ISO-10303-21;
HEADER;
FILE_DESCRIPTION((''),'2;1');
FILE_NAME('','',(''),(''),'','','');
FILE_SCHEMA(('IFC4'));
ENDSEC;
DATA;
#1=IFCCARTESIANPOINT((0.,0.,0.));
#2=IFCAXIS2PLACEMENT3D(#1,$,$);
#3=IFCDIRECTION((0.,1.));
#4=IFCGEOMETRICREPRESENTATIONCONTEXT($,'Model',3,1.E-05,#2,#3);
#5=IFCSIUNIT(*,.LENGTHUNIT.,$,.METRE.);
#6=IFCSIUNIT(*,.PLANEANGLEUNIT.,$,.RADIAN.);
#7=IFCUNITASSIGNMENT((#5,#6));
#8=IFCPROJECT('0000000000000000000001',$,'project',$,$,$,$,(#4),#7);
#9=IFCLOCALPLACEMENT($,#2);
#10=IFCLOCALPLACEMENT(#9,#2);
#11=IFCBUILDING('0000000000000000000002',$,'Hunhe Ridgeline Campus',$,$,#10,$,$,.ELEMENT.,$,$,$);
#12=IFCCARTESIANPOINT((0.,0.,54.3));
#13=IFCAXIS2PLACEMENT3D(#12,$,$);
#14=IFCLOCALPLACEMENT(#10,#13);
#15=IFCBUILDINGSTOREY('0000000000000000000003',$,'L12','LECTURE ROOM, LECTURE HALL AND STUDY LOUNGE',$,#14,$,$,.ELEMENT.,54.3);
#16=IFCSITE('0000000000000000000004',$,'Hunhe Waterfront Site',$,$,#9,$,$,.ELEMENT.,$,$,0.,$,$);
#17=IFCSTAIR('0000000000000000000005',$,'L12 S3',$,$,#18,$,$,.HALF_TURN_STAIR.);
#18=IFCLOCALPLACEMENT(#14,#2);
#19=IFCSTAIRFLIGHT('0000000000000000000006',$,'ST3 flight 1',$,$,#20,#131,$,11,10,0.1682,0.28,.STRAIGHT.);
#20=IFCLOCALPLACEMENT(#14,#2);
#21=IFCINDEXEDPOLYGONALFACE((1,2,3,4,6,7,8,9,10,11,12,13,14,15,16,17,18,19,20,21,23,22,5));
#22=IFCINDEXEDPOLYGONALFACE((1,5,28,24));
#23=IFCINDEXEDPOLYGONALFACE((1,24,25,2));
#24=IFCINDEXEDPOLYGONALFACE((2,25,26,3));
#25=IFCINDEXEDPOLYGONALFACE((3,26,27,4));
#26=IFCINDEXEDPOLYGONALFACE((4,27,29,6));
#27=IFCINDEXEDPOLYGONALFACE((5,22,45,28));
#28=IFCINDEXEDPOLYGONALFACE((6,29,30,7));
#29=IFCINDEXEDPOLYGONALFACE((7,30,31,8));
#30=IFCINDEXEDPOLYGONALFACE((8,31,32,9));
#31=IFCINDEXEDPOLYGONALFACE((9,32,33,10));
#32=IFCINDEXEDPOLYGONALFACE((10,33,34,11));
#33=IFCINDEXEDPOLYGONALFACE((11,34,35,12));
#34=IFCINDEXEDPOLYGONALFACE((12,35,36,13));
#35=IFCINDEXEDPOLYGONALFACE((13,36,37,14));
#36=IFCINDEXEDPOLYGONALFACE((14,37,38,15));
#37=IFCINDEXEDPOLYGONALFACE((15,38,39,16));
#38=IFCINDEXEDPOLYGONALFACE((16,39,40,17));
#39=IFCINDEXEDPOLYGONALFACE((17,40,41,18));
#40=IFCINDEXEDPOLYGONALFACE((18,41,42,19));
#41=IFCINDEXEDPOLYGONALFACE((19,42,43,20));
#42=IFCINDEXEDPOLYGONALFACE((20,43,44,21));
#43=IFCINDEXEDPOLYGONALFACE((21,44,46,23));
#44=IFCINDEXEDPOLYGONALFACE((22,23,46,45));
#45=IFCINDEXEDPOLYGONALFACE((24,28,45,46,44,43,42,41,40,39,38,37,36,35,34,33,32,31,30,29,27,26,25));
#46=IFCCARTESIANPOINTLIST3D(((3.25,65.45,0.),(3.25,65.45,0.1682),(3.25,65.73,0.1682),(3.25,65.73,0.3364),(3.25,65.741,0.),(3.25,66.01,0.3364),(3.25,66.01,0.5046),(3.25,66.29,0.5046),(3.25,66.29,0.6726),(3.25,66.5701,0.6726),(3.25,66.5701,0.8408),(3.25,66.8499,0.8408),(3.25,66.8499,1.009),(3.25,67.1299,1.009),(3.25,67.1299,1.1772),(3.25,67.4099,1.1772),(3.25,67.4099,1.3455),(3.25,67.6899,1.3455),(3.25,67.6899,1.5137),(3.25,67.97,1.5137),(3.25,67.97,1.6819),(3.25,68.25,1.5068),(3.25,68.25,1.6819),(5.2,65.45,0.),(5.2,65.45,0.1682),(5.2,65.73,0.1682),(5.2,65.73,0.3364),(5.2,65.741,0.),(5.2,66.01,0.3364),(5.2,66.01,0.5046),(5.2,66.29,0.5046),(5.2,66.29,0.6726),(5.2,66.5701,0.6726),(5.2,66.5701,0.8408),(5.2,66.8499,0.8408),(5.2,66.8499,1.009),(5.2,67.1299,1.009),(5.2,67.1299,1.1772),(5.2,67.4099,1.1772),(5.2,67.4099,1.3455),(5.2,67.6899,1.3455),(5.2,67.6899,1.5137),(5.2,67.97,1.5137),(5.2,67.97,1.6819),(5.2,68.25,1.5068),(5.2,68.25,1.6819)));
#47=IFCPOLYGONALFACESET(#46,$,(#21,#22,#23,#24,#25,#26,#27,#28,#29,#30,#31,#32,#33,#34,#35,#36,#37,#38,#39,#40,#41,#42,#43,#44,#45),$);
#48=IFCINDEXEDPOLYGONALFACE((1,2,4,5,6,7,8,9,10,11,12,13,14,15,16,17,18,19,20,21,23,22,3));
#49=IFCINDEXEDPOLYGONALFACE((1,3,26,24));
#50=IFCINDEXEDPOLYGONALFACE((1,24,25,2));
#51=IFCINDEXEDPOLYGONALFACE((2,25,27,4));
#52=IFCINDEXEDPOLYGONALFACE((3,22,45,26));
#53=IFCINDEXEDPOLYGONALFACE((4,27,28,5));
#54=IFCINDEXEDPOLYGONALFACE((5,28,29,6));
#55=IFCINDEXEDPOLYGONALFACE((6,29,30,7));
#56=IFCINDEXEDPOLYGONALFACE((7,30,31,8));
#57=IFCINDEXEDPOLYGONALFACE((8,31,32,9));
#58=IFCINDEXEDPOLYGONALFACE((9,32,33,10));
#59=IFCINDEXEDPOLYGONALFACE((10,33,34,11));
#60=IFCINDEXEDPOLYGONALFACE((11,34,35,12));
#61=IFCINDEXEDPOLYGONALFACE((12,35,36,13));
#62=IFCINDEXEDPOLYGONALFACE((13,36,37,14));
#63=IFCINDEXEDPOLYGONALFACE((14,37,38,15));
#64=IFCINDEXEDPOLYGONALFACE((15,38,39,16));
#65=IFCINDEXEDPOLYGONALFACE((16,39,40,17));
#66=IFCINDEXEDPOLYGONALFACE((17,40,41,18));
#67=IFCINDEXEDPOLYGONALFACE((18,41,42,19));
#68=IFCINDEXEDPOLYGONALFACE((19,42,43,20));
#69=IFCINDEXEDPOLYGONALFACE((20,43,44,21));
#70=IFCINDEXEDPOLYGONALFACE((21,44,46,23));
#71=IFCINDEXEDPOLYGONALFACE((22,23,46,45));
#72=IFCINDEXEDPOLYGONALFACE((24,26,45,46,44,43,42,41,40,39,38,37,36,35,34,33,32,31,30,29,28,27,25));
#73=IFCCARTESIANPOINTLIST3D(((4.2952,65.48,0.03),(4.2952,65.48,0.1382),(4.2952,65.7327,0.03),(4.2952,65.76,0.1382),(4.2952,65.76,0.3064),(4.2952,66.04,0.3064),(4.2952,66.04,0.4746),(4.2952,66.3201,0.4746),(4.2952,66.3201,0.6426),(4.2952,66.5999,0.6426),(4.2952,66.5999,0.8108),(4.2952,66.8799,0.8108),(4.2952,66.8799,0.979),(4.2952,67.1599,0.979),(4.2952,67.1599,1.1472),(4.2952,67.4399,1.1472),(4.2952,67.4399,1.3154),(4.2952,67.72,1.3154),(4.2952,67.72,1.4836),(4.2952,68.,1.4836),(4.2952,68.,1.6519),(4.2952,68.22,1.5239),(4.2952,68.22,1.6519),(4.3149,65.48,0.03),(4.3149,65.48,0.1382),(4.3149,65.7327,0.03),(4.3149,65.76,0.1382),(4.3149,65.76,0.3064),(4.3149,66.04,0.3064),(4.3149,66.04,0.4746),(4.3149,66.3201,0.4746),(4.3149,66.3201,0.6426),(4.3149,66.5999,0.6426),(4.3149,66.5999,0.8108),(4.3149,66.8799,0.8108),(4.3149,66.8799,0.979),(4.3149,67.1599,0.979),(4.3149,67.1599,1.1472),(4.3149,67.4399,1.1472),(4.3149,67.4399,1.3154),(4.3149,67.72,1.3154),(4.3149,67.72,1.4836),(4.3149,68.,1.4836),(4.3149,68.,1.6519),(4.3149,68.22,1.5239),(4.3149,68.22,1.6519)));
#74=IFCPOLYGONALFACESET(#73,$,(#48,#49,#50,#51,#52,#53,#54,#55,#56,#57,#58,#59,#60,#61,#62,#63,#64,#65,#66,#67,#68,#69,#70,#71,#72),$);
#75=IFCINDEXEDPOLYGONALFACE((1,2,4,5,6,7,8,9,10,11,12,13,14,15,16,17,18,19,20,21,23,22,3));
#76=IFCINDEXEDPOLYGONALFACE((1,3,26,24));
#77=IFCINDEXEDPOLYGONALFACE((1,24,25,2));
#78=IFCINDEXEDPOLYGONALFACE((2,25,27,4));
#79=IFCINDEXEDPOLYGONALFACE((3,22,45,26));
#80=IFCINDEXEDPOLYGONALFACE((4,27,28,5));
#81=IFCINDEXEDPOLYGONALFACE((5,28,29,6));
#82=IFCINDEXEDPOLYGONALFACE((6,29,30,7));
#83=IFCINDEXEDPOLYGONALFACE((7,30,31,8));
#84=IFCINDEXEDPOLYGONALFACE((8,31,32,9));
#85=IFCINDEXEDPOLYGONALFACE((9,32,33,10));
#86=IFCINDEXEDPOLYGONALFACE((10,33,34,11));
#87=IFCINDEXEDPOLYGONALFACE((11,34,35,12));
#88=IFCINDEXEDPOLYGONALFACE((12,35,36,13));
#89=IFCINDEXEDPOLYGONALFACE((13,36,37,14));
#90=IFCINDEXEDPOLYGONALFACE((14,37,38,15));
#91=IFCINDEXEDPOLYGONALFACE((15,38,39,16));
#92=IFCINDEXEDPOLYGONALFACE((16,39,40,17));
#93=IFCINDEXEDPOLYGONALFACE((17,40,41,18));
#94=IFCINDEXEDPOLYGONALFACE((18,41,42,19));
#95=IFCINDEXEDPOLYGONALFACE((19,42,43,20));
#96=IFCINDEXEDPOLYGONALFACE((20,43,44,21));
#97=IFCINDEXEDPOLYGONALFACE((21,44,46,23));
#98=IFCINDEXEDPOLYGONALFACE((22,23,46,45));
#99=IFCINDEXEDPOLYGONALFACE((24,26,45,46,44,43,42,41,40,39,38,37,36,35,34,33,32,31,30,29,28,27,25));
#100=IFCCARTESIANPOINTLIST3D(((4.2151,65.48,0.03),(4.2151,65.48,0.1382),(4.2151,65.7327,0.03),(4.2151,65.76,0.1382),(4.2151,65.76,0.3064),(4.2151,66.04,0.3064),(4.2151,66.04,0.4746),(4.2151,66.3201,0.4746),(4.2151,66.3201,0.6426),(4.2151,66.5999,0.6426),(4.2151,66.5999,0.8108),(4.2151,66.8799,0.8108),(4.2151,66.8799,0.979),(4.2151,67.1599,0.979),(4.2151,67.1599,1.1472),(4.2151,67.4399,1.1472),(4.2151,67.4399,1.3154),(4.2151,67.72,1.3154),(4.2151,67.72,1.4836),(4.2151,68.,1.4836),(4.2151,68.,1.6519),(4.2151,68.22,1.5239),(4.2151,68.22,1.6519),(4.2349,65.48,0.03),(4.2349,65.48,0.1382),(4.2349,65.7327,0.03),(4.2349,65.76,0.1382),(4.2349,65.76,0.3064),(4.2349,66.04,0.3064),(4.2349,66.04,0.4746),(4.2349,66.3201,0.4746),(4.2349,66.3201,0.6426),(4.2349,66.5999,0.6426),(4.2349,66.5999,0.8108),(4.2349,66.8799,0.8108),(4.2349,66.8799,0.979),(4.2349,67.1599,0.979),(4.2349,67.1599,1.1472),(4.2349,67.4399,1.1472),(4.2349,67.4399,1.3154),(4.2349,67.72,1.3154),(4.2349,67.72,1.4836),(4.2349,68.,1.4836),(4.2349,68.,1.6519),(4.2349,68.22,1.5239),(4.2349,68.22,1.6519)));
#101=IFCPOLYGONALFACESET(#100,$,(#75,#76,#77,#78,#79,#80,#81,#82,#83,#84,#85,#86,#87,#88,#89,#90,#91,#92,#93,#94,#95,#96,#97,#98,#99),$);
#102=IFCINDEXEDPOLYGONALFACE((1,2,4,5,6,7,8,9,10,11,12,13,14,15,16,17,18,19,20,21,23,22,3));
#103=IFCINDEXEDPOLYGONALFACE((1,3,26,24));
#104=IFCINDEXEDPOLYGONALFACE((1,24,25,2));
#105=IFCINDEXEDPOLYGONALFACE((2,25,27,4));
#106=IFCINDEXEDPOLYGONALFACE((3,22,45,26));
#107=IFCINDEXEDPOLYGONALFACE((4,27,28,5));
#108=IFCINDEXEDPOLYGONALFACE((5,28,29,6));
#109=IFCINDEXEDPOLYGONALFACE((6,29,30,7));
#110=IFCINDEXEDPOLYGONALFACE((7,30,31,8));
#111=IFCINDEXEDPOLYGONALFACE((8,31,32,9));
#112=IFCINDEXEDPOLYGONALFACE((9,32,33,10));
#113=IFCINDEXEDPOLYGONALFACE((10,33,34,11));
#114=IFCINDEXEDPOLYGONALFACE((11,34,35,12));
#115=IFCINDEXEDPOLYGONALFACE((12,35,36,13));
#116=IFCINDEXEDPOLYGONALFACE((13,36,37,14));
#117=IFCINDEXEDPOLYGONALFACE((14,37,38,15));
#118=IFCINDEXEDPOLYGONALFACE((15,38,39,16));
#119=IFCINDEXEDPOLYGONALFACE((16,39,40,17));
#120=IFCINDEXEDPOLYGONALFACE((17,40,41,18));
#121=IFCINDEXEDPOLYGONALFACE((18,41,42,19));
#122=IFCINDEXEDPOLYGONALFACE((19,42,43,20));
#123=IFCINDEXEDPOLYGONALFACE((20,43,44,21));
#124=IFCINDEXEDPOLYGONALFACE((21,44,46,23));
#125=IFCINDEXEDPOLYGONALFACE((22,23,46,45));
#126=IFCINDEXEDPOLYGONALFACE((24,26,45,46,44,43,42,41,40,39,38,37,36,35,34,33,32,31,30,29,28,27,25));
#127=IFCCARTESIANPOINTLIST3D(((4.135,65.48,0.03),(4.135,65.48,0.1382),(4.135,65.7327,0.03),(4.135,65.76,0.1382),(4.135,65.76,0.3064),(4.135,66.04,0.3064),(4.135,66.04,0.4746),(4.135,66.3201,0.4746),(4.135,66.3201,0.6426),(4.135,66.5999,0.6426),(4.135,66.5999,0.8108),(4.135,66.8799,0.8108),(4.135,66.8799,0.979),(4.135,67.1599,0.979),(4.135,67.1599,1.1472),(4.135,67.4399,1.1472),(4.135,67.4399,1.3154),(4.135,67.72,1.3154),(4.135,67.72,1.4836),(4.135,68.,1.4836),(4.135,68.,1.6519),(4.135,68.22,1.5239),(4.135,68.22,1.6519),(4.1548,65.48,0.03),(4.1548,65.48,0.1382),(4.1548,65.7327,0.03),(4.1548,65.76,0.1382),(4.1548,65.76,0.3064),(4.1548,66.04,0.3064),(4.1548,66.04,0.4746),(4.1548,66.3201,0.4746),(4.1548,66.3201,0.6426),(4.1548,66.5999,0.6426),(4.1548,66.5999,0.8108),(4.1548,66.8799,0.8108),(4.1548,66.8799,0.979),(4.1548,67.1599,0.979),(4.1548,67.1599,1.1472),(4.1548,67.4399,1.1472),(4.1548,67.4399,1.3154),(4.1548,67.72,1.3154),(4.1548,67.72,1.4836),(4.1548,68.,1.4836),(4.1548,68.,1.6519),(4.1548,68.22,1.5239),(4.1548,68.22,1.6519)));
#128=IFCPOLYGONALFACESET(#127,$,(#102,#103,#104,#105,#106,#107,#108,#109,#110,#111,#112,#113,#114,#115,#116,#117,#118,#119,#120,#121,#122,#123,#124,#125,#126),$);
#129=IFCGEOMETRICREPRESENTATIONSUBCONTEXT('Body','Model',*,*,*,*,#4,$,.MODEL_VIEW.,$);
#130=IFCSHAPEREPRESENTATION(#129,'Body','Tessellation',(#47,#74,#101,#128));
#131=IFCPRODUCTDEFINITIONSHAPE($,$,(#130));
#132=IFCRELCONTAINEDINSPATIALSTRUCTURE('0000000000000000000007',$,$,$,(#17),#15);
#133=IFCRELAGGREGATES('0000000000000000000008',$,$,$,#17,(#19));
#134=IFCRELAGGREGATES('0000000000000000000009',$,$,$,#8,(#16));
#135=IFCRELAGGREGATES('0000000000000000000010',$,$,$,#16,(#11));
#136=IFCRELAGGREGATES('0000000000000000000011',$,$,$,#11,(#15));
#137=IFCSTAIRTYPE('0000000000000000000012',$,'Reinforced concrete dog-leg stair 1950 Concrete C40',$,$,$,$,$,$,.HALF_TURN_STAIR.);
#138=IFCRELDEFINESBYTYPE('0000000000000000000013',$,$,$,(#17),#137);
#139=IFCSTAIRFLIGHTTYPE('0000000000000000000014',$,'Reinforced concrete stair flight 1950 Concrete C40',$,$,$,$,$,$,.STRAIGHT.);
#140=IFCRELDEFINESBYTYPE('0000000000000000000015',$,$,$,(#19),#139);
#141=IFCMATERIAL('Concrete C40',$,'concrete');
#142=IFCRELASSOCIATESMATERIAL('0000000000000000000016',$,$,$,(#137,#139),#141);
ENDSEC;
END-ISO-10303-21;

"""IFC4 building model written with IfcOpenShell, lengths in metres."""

from ifc_helpers import new_model, si_unit, direction, frame, origin, place, context, subcontext, project, spatial, polyline, outline, extrude, material, type_object, element, aggregate, save


model = new_model("IFC4")

# Units and contexts
model_context = context("Model", 3, precision=1e-05, world=origin(), true_north=direction((0.0, 1.0)))
body_context = subcontext(model_context, "Body", "Model", "MODEL_VIEW")
ifc_project = project(units=[si_unit("LENGTHUNIT", "METRE"), si_unit("PLANEANGLEUNIT", "RADIAN")], contexts=[model_context])

# Site, building, storey
site_placement = place(None, origin())
site = spatial("IfcSite", under=ifc_project, at=site_placement, Name="Hunhe Waterfront Site", CompositionType="ELEMENT", RefElevation=0.0)
building_placement = place(site_placement, origin())
building = spatial("IfcBuilding", under=site, at=building_placement, Name="Hunhe Ridgeline Campus", CompositionType="ELEMENT")
storey_placement = place(building_placement, frame((0.0, 0.0, 54.3)))
storey = spatial("IfcBuildingStorey", under=building, at=storey_placement, Name="L12", Description="LECTURE ROOM, LECTURE HALL AND STUDY LOUNGE", CompositionType="ELEMENT", Elevation=54.3)

# Stair, stair flight
ifc_material_1 = material(Name="Concrete C40", Category="concrete")
stair_type = type_object("IfcStairType", Name="Reinforced concrete dog-leg stair 1950 Concrete C40", PredefinedType="HALF_TURN_STAIR", material=ifc_material_1)
stair_1_placement = place(storey_placement, origin())
stair_1 = element("IfcStair", 1, at=stair_1_placement, inside=storey, type_object=stair_type, Name="L12 S3", PredefinedType="HALF_TURN_STAIR")
stair_flight_type = type_object("IfcStairFlightType", Name="Reinforced concrete stair flight 1950 Concrete C40", PredefinedType="STRAIGHT", material=ifc_material_1)
stair_flight_1_placement = place(storey_placement, frame((4.2251, 65.45, 0.0), z_axis=(0.0, 0.0, 1.0), x_axis=(0.0, 1.0, 0.0)))
stair_flight_1 = element("IfcStairFlight", 2, at=stair_flight_1_placement, type_object=stair_flight_type, Name="ST3 flight 1", NumberOfRisers=11, NumberOfTreads=10, PredefinedType="STRAIGHT", RiserHeight=0.1682, TreadLength=0.28, context=body_context, shape_type="SweptSolid", body=[
    extrude(outline(polyline([(0.0, 0.0), (0.0, 0.1682), (0.28, 0.1682), (0.28, 0.3364), (0.5601, 0.3364), (0.5601, 0.5046), (0.8401, 0.5046), (0.8401, 0.6726), (1.1201, 0.6726), (1.1201, 0.8408), (1.3999, 0.8408), (1.3999, 1.009), (1.6799, 1.009), (1.6799, 1.1772), (1.96, 1.1772), (1.96, 1.3455), (2.24, 1.3455), (2.24, 1.5137), (2.52, 1.5137), (2.52, 1.6819), (2.8, 1.6819), (2.8, 1.8501), (2.8, 1.5068), (0.291, 0.0), (0.0, 0.0)])), frame((0.0, 0.9751, 0.0), z_axis=(0.0, -1.0, 0.0), x_axis=(1.0, 0.0, 0.0)), (0.0, 0.0, 1.0), 1.95),
    extrude(outline(polyline([(0.03, 0.03), (0.03, 0.1382), (0.3101, 0.1382), (0.3101, 0.3064), (0.5901, 0.3064), (0.5901, 0.4746), (0.8701, 0.4746), (0.8701, 0.6426), (1.1499, 0.6426), (1.1499, 0.8108), (1.4299, 0.8108), (1.4299, 0.979), (1.71, 0.979), (1.71, 1.1472), (1.99, 1.1472), (1.99, 1.3154), (2.27, 1.3154), (2.27, 1.4836), (2.55, 1.4836), (2.55, 1.6519), (2.77, 1.6519), (2.77, 1.5239), (0.2827, 0.03), (0.03, 0.03)])), frame((0.0, -0.0701, 0.0), z_axis=(0.0, -1.0, 0.0), x_axis=(1.0, 0.0, 0.0)), (0.0, 0.0, 1.0), 0.0198),
    extrude(outline(polyline([(0.03, 0.03), (0.03, 0.1382), (0.3101, 0.1382), (0.3101, 0.3064), (0.5901, 0.3064), (0.5901, 0.4746), (0.8701, 0.4746), (0.8701, 0.6426), (1.1499, 0.6426), (1.1499, 0.8108), (1.4299, 0.8108), (1.4299, 0.979), (1.71, 0.979), (1.71, 1.1472), (1.99, 1.1472), (1.99, 1.3154), (2.27, 1.3154), (2.27, 1.4836), (2.55, 1.4836), (2.55, 1.6519), (2.77, 1.6519), (2.77, 1.5239), (0.2827, 0.03), (0.03, 0.03)])), frame((0.0, 0.01, 0.0), z_axis=(0.0, -1.0, 0.0), x_axis=(1.0, 0.0, 0.0)), (0.0, 0.0, 1.0), 0.0198),
    extrude(outline(polyline([(0.03, 0.03), (0.03, 0.1382), (0.3101, 0.1382), (0.3101, 0.3064), (0.5901, 0.3064), (0.5901, 0.4746), (0.8701, 0.4746), (0.8701, 0.6426), (1.1499, 0.6426), (1.1499, 0.8108), (1.4299, 0.8108), (1.4299, 0.979), (1.71, 0.979), (1.71, 1.1472), (1.99, 1.1472), (1.99, 1.3154), (2.27, 1.3154), (2.27, 1.4836), (2.55, 1.4836), (2.55, 1.6519), (2.77, 1.6519), (2.77, 1.5239), (0.2827, 0.03), (0.03, 0.03)])), frame((0.0, 0.0901, 0.0), z_axis=(0.0, -1.0, 0.0), x_axis=(1.0, 0.0, 0.0)), (0.0, 0.0, 1.0), 0.0198),
])
aggregate(stair_1, [stair_flight_1])

save(model, "model.ifc")
